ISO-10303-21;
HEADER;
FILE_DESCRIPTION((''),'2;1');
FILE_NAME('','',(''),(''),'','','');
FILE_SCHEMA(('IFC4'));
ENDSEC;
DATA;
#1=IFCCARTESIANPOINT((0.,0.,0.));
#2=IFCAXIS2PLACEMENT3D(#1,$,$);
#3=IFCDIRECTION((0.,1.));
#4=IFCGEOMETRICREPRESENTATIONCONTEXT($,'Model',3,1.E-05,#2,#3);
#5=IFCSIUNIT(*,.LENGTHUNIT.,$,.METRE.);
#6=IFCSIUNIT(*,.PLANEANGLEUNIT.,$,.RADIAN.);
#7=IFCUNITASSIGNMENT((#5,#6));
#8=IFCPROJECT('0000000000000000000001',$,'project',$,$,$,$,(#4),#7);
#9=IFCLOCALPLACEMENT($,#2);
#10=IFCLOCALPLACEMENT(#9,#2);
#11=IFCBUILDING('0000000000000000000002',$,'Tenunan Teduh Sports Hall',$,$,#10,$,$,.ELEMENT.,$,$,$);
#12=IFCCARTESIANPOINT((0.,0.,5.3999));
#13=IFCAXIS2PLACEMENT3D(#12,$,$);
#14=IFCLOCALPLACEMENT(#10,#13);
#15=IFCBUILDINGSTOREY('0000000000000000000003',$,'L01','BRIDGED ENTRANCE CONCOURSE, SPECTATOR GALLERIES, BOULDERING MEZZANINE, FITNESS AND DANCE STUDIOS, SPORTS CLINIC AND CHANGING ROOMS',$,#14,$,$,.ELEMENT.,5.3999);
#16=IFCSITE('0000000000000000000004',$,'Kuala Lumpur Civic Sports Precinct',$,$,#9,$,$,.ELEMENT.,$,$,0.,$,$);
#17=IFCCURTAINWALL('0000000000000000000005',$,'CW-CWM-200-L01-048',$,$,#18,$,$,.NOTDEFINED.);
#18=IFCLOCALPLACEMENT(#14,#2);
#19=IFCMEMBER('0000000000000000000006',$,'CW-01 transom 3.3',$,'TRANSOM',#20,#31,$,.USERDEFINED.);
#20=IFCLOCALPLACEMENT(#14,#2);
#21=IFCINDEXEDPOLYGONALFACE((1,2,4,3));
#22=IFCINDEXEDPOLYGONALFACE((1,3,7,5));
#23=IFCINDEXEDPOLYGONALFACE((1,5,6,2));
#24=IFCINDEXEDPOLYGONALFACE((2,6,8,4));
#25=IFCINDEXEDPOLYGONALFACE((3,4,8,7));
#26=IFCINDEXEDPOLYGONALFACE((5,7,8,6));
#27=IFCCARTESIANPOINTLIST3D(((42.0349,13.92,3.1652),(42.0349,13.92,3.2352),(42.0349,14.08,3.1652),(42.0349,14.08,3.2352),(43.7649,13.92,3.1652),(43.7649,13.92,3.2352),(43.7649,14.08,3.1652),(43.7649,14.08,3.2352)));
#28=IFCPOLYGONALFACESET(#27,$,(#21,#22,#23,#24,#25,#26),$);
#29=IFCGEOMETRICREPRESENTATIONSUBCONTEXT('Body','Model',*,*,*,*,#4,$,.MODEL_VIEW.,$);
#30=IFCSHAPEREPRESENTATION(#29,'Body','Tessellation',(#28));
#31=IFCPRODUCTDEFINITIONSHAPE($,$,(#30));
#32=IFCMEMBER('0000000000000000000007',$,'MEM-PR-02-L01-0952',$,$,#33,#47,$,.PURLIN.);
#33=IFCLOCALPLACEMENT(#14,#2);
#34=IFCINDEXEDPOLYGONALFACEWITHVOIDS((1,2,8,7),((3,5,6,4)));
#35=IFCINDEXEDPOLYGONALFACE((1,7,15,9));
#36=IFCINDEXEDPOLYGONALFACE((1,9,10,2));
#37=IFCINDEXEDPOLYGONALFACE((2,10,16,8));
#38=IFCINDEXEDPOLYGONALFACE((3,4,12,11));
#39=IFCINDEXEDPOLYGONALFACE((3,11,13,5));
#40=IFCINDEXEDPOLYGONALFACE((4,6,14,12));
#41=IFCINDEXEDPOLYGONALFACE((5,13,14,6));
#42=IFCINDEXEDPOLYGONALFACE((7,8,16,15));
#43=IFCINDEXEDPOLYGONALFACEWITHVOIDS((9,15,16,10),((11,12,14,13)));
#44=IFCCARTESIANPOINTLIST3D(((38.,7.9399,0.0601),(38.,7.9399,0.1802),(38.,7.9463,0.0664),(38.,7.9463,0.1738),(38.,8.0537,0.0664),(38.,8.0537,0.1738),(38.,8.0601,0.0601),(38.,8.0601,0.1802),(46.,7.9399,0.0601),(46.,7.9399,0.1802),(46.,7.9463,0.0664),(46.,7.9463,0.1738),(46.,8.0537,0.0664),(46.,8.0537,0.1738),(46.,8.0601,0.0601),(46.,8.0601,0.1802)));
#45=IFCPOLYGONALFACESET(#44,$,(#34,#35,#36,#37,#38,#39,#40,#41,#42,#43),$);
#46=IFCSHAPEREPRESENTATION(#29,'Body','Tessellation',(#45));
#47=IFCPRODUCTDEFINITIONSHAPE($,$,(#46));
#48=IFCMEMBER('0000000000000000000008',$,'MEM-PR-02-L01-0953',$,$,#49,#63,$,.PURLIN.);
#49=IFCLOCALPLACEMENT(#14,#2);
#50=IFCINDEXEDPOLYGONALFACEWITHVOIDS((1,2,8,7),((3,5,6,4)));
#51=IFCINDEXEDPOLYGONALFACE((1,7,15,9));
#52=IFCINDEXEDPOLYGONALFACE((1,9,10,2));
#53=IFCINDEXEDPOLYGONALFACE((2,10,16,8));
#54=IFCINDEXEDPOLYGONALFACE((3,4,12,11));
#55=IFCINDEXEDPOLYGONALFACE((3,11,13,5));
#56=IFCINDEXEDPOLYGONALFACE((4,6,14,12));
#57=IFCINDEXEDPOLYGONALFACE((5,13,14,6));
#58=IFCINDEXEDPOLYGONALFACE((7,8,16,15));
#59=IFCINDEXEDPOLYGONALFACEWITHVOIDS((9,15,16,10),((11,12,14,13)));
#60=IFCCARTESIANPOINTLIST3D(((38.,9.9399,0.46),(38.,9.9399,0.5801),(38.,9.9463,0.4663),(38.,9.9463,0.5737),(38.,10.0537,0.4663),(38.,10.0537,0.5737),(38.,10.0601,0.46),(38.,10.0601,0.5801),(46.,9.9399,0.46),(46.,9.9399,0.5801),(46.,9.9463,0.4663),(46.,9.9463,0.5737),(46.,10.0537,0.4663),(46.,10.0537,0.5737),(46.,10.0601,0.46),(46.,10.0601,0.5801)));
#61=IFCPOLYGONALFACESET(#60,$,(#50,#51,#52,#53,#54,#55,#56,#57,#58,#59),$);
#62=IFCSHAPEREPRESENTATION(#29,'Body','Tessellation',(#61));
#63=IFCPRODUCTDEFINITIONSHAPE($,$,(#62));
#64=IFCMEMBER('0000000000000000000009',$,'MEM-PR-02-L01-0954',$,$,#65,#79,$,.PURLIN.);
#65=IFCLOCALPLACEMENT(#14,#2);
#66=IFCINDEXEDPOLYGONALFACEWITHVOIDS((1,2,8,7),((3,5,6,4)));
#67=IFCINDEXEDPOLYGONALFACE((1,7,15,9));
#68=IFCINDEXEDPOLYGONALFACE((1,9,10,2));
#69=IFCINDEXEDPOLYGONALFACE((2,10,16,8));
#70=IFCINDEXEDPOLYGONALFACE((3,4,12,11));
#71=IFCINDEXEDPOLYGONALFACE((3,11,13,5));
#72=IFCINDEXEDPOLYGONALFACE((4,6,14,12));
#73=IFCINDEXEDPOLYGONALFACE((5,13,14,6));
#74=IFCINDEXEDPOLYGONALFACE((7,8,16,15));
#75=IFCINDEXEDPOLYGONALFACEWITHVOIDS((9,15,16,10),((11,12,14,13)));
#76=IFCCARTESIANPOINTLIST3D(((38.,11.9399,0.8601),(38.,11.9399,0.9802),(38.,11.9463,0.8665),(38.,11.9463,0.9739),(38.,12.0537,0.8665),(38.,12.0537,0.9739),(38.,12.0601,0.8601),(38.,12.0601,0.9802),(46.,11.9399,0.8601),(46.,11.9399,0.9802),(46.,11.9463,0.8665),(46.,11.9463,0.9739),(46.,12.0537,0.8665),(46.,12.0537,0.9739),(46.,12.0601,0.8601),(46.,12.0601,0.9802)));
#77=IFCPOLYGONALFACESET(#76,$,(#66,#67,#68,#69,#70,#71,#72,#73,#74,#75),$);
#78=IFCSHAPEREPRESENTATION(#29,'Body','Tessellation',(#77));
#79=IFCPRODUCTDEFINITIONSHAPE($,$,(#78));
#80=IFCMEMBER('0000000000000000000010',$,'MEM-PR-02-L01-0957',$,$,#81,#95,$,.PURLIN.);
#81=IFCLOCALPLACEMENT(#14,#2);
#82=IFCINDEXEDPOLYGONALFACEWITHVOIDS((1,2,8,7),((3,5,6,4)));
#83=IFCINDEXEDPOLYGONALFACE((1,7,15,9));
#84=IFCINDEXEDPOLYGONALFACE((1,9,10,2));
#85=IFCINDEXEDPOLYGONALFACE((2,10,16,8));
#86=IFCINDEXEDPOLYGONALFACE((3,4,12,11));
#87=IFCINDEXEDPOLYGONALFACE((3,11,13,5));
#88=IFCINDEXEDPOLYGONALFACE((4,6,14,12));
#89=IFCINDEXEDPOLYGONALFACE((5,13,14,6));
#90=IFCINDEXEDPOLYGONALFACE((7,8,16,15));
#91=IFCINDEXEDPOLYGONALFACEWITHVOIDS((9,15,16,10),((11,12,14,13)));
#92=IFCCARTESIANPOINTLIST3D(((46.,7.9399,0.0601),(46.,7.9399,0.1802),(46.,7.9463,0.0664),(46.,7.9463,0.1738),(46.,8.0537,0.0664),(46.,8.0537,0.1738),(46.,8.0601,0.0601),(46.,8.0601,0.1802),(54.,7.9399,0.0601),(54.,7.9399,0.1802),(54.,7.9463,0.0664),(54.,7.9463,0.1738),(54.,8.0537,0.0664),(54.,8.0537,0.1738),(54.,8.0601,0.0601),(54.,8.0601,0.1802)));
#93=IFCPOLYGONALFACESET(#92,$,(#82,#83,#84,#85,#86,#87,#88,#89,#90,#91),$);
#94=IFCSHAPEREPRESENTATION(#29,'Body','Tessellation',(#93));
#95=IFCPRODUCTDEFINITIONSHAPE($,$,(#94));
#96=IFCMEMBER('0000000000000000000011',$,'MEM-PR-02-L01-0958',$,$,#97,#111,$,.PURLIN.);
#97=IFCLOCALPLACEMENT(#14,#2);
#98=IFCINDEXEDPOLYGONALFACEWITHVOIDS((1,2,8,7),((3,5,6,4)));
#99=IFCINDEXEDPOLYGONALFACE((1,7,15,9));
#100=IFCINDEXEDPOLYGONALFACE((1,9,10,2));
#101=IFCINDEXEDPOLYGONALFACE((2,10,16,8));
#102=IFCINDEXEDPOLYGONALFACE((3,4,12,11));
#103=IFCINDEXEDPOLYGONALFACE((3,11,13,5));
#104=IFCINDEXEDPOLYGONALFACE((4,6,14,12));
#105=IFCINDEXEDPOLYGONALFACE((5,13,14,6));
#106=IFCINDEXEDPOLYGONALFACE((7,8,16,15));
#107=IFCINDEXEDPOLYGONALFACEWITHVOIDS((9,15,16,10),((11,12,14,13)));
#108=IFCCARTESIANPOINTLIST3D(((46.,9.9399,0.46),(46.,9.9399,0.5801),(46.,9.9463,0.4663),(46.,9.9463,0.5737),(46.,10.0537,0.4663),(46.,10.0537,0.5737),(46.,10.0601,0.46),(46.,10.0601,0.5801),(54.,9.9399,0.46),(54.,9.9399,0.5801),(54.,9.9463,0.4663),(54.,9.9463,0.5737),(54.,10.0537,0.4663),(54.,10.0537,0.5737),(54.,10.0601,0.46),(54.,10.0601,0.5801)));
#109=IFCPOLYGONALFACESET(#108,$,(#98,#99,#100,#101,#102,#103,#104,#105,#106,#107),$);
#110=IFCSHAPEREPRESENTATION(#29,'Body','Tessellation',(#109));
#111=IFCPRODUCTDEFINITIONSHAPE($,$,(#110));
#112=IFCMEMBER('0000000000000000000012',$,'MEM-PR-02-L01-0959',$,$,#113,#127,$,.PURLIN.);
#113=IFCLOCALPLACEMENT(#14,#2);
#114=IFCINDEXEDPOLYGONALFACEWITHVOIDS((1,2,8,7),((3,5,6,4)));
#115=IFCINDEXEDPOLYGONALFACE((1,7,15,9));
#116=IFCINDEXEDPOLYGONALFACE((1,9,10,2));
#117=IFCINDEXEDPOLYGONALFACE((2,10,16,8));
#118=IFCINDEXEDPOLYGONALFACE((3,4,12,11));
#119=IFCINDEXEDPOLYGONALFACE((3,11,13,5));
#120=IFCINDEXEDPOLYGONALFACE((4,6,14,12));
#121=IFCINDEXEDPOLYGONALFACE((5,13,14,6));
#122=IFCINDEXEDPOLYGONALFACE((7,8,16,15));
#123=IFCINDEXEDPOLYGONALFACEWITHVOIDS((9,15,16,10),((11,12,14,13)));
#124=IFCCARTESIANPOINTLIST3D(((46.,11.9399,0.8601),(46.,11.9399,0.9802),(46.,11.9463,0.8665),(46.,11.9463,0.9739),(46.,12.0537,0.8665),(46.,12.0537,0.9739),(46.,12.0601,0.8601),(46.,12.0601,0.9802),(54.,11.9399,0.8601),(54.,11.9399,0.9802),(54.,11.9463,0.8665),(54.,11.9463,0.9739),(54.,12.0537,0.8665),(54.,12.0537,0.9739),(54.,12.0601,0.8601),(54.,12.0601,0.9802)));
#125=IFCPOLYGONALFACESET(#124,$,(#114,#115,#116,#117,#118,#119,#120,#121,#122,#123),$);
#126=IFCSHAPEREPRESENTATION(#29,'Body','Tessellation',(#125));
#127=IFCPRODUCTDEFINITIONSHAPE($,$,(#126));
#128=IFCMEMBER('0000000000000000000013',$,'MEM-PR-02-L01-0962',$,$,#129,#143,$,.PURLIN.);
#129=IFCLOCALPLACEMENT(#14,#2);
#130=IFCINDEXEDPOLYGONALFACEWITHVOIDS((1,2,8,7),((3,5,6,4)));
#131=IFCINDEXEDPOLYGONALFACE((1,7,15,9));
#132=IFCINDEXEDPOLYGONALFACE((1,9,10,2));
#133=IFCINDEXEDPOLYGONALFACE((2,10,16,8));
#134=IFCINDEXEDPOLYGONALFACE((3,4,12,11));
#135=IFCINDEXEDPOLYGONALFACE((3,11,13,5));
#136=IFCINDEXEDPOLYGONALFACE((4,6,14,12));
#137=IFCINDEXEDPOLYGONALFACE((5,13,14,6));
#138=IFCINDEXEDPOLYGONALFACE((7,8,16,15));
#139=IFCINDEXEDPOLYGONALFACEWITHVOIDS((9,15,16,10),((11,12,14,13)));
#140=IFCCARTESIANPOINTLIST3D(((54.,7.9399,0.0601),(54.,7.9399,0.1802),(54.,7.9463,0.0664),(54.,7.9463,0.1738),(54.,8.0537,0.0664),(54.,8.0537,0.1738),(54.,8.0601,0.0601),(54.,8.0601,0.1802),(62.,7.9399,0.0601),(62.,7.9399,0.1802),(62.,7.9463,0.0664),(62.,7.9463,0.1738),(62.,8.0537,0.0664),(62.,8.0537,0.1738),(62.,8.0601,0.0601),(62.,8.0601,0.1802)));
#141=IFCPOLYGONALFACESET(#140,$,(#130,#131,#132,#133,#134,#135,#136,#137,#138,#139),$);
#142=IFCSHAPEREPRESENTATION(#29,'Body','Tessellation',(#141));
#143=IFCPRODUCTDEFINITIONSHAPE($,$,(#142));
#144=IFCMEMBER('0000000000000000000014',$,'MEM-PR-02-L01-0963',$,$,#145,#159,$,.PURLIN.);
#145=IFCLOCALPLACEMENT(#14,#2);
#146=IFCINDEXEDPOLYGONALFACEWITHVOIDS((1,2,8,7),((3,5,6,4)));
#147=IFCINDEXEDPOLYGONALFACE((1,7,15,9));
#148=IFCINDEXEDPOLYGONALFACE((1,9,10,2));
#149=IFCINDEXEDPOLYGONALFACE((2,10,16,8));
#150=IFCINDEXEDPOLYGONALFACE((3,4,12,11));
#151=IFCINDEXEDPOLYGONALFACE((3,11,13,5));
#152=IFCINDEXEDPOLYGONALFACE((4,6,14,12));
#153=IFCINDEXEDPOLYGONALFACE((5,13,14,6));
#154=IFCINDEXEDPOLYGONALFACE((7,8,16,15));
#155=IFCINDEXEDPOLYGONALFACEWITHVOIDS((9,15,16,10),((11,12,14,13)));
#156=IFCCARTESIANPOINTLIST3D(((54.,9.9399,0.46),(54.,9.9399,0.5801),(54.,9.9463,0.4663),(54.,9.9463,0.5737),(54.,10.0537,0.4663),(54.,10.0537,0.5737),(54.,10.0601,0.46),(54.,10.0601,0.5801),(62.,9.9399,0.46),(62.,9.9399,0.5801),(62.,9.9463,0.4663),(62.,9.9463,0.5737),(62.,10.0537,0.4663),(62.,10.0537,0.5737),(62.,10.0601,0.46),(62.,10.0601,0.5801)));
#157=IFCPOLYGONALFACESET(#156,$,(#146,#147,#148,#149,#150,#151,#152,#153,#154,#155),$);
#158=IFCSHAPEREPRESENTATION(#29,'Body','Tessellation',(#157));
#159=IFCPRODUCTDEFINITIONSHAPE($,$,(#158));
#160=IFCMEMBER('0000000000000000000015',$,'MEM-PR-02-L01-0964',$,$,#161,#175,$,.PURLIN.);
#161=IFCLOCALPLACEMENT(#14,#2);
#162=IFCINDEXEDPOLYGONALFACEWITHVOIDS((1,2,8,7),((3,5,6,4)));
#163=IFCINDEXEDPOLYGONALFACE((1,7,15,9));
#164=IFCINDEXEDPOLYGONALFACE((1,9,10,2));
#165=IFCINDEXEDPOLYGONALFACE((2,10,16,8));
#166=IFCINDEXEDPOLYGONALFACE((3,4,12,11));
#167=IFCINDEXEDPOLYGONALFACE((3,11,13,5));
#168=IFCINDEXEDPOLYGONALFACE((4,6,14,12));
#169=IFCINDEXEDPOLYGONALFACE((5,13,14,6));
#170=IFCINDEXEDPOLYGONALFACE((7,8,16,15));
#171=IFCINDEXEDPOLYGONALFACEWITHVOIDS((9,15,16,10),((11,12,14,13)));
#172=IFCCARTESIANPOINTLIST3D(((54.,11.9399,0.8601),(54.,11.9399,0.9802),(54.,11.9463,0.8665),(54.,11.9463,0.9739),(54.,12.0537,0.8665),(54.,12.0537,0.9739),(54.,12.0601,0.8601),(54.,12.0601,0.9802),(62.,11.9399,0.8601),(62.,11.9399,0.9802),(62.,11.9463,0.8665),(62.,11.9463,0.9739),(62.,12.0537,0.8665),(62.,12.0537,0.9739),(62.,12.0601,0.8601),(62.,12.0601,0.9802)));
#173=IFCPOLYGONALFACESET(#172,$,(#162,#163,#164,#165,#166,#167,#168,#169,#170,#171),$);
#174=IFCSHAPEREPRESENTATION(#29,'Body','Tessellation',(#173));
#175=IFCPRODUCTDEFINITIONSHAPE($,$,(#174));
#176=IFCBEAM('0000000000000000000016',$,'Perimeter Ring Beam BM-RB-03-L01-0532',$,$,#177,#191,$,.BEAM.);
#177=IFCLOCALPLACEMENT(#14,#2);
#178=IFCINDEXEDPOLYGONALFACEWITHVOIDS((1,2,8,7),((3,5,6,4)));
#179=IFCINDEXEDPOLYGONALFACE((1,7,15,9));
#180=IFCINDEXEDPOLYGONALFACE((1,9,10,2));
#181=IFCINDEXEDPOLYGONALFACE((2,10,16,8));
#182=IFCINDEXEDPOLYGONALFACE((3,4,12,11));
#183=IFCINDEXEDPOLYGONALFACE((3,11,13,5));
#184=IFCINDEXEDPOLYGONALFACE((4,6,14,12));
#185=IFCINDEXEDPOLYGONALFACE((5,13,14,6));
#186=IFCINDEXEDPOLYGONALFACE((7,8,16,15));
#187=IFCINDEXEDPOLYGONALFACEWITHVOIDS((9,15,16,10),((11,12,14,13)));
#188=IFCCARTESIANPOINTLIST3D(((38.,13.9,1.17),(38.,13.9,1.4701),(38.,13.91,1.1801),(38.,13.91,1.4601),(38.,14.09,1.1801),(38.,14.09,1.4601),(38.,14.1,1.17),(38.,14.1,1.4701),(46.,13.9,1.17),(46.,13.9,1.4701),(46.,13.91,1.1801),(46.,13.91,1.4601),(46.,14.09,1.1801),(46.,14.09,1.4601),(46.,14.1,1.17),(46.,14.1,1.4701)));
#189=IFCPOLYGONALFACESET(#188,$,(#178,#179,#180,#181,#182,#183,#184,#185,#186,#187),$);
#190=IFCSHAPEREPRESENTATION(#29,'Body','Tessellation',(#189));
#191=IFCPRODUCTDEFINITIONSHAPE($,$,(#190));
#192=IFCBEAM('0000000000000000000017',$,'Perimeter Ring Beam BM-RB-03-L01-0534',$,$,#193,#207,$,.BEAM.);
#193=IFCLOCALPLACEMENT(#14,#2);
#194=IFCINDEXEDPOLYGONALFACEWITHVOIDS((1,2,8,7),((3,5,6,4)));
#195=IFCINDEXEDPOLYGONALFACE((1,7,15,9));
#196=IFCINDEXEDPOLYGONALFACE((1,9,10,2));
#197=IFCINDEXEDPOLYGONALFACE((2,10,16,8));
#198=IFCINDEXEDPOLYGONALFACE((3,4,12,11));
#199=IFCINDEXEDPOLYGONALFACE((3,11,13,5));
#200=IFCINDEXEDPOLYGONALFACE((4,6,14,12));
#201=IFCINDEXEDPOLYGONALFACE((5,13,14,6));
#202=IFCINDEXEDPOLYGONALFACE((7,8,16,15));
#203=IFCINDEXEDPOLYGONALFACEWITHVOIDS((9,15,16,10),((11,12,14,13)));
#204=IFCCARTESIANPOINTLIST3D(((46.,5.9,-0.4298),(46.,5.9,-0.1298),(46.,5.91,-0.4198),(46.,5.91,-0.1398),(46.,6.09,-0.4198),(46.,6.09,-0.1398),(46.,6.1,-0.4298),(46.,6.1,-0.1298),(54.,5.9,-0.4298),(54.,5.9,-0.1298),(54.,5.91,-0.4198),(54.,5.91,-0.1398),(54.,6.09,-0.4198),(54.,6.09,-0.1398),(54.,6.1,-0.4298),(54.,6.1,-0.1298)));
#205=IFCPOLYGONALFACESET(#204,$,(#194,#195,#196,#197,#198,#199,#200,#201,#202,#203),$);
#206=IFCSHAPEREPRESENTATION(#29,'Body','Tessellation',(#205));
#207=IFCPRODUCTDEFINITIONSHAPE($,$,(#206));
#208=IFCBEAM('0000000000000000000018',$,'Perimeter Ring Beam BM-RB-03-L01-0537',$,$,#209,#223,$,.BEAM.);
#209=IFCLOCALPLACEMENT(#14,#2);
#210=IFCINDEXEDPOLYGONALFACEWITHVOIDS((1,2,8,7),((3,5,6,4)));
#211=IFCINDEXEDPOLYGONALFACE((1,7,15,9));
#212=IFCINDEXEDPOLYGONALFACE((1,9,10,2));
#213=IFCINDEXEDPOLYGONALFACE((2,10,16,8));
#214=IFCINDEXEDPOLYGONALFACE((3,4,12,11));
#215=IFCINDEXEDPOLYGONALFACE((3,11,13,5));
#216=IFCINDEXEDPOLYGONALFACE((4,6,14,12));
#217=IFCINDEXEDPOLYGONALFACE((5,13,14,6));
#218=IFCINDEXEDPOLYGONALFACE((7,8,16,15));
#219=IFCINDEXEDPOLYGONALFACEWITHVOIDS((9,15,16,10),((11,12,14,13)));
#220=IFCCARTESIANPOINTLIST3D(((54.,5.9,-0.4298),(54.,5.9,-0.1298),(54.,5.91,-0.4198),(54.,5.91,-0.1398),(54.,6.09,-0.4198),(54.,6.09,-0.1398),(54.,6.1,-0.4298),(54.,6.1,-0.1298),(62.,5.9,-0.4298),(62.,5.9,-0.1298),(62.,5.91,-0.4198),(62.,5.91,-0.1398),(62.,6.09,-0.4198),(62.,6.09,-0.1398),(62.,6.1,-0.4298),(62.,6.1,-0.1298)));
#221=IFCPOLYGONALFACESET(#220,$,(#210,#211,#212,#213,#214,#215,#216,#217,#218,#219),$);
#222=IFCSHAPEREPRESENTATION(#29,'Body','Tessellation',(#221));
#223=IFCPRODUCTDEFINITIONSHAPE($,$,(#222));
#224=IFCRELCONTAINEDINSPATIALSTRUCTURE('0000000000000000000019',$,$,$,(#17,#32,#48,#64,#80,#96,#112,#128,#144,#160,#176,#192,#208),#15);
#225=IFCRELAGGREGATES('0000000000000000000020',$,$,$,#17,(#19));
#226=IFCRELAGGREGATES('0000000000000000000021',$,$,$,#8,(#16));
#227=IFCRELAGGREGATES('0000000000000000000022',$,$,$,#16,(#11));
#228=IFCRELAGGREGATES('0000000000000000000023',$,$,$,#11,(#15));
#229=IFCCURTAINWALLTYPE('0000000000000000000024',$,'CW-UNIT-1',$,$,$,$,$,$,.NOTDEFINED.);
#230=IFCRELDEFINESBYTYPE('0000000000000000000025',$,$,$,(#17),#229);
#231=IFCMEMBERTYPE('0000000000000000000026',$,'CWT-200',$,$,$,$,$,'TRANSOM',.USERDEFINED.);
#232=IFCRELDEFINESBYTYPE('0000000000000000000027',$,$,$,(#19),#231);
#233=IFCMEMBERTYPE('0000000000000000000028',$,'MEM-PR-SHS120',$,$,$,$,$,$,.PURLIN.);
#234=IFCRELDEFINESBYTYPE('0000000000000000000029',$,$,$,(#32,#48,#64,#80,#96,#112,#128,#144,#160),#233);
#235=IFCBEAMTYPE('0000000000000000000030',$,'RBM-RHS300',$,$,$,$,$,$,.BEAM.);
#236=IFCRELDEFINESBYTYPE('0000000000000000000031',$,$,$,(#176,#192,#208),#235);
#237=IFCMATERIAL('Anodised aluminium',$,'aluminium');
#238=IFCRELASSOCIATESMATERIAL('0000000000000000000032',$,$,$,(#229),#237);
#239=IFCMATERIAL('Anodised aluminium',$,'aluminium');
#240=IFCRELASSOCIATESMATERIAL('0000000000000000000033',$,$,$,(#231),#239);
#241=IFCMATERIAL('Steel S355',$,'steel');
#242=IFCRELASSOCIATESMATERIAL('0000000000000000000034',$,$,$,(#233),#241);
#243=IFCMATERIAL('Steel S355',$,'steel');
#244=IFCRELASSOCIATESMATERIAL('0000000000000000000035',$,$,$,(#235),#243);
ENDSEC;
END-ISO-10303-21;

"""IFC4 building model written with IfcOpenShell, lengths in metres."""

from ifc_helpers import new_model, si_unit, direction, frame, origin, origin_2d, place, context, subcontext, project, spatial, rectangle, hollow_rectangle, extrude, material, material_profile, profile_set, type_object, element, aggregate, save


model = new_model("IFC4")

# Units and contexts
model_context = context("Model", 3, precision=1e-05, world=origin(), true_north=direction((0.0, 1.0)))
body_context = subcontext(model_context, "Body", "Model", "MODEL_VIEW")
ifc_project = project(units=[si_unit("LENGTHUNIT", "METRE"), si_unit("PLANEANGLEUNIT", "RADIAN")], contexts=[model_context])

# Site, building, storey
site_placement = place(None, origin())
site = spatial("IfcSite", under=ifc_project, at=site_placement, Name="Kuala Lumpur Civic Sports Precinct", CompositionType="ELEMENT", RefElevation=0.0)
building_placement = place(site_placement, origin())
building = spatial("IfcBuilding", under=site, at=building_placement, Name="Tenunan Teduh Sports Hall", CompositionType="ELEMENT")
storey_placement = place(building_placement, frame((0.0, 0.0, 5.3999)))
storey = spatial("IfcBuildingStorey", under=building, at=storey_placement, Name="L01", Description="BRIDGED ENTRANCE CONCOURSE, SPECTATOR GALLERIES, BOULDERING MEZZANINE, FITNESS AND DANCE STUDIOS, SPORTS CLINIC AND CHANGING ROOMS", CompositionType="ELEMENT", Elevation=5.3999)

# Curtain wall, member
ifc_material_1 = material(Name="Anodised aluminium", Category="aluminium")
curtain_wall_type = type_object("IfcCurtainWallType", Name="CW-UNIT-1", PredefinedType="NOTDEFINED", material=ifc_material_1)
curtain_wall_placement = place(storey_placement, origin())
curtain_wall = element("IfcCurtainWall", 1, at=curtain_wall_placement, inside=storey, type_object=curtain_wall_type, Name="CW-CWM-200-L01-048", PredefinedType="NOTDEFINED")
ifc_material_2 = material(Name="Anodised aluminium", Category="aluminium")
ifc_material_profile_1 = material_profile(ifc_material_2, rectangle(XDim=0.0701, YDim=0.1599, at=origin_2d()), Name="CWT 70x160")
ifc_profile_set_1 = profile_set([ifc_material_profile_1], Name="Anodised aluminium")
member_type_1 = type_object("IfcMemberType", Name="CWT-200", ElementType="TRANSOM", PredefinedType="USERDEFINED", material=ifc_profile_set_1)
member_1_placement = place(storey_placement, frame((42.0349, 14.0, 3.2002), z_axis=(1.0, 0.0, 0.0), x_axis=(0.0, 0.0, 1.0)))
member_1 = element("IfcMember", 2, at=member_1_placement, type_object=member_type_1, Name="CW-01 transom 3.3", ObjectType="TRANSOM", PredefinedType="USERDEFINED", context=body_context, shape_type="SweptSolid", body=[
    extrude(rectangle(XDim=0.0701, YDim=0.1599, at=origin_2d()), origin(), (0.0, 0.0, 1.0), 1.73),
])

# Members
ifc_material_3 = material(Name="Steel S355", Category="steel")
ifc_material_profile_2 = material_profile(ifc_material_3, hollow_rectangle(XDim=0.1201, YDim=0.1201, WallThickness=0.0063, at=origin_2d()), Name="SHS 120x120x6.3")
ifc_profile_set_2 = profile_set([ifc_material_profile_2], Name="Steel S355")
member_type_2 = type_object("IfcMemberType", Name="MEM-PR-SHS120", PredefinedType="PURLIN", material=ifc_profile_set_2)
for number, where, z_axis, x_axis, name in (
    (3, (38.0, 8.0, 0.1201), (1.0, 0.0, 0.0), (0.0, 1.0, 0.0), "MEM-PR-02-L01-0952"),
    (4, (38.0, 10.0, 0.52), (1.0, 0.0, 0.0), (0.0, 1.0, 0.0), "MEM-PR-02-L01-0953"),
    (5, (38.0, 12.0, 0.9202), (1.0, 0.0, 0.0), (0.0, 1.0, 0.0), "MEM-PR-02-L01-0954"),
    (6, (46.0, 8.0, 0.1201), (1.0, 0.0, 0.0), (0.0, 1.0, 0.0), "MEM-PR-02-L01-0957"),
    (7, (46.0, 10.0, 0.52), (1.0, 0.0, 0.0), (0.0, 1.0, 0.0), "MEM-PR-02-L01-0958"),
    (8, (46.0, 12.0, 0.9202), (1.0, 0.0, 0.0), (0.0, 1.0, 0.0), "MEM-PR-02-L01-0959"),
    (9, (54.0, 8.0, 0.1201), (1.0, 0.0, 0.0), (0.0, 1.0, 0.0), "MEM-PR-02-L01-0962"),
    (10, (54.0, 10.0, 0.52), (1.0, 0.0, 0.0), (0.0, 1.0, 0.0), "MEM-PR-02-L01-0963"),
    (11, (54.0, 12.0, 0.9202), (1.0, 0.0, 0.0), (0.0, 1.0, 0.0), "MEM-PR-02-L01-0964"),
):
    element("IfcMember", number, at=place(storey_placement, frame(where, z_axis=z_axis, x_axis=x_axis)), inside=storey, type_object=member_type_2, Name=name, PredefinedType="PURLIN", context=body_context, shape_type="SweptSolid", body=[
        extrude(hollow_rectangle(XDim=0.1201, YDim=0.1201, WallThickness=0.0063, at=origin_2d()), origin(), (0.0, 0.0, 1.0), 8.0),
    ])

# Beams
ifc_material_4 = material(Name="Steel S355", Category="steel")
ifc_material_profile_3 = material_profile(ifc_material_4, hollow_rectangle(XDim=0.2, YDim=0.3, WallThickness=0.01, at=origin_2d()), Name="RHS 300x200x10.0")
ifc_profile_set_3 = profile_set([ifc_material_profile_3], Name="Steel S355")
beam_type_1 = type_object("IfcBeamType", Name="RBM-RHS300", PredefinedType="BEAM", material=ifc_profile_set_3)
for number, where, z_axis, x_axis, name in (
    (12, (38.0, 14.0, 1.3201), (1.0, 0.0, 0.0), (0.0, 1.0, 0.0), "Perimeter Ring Beam BM-RB-03-L01-0532"),
    (13, (46.0, 6.0, -0.2798), (1.0, 0.0, 0.0), (0.0, 1.0, 0.0), "Perimeter Ring Beam BM-RB-03-L01-0534"),
    (14, (54.0, 6.0, -0.2798), (1.0, 0.0, 0.0), (0.0, 1.0, 0.0), "Perimeter Ring Beam BM-RB-03-L01-0537"),
):
    element("IfcBeam", number, at=place(storey_placement, frame(where, z_axis=z_axis, x_axis=x_axis)), inside=storey, type_object=beam_type_1, Name=name, PredefinedType="BEAM", context=body_context, shape_type="SweptSolid", body=[
        extrude(hollow_rectangle(XDim=0.2, YDim=0.3, WallThickness=0.01, at=origin_2d()), origin(), (0.0, 0.0, 1.0), 8.0),
    ])

aggregate(curtain_wall, [member_1])

save(model, "model.ifc")
